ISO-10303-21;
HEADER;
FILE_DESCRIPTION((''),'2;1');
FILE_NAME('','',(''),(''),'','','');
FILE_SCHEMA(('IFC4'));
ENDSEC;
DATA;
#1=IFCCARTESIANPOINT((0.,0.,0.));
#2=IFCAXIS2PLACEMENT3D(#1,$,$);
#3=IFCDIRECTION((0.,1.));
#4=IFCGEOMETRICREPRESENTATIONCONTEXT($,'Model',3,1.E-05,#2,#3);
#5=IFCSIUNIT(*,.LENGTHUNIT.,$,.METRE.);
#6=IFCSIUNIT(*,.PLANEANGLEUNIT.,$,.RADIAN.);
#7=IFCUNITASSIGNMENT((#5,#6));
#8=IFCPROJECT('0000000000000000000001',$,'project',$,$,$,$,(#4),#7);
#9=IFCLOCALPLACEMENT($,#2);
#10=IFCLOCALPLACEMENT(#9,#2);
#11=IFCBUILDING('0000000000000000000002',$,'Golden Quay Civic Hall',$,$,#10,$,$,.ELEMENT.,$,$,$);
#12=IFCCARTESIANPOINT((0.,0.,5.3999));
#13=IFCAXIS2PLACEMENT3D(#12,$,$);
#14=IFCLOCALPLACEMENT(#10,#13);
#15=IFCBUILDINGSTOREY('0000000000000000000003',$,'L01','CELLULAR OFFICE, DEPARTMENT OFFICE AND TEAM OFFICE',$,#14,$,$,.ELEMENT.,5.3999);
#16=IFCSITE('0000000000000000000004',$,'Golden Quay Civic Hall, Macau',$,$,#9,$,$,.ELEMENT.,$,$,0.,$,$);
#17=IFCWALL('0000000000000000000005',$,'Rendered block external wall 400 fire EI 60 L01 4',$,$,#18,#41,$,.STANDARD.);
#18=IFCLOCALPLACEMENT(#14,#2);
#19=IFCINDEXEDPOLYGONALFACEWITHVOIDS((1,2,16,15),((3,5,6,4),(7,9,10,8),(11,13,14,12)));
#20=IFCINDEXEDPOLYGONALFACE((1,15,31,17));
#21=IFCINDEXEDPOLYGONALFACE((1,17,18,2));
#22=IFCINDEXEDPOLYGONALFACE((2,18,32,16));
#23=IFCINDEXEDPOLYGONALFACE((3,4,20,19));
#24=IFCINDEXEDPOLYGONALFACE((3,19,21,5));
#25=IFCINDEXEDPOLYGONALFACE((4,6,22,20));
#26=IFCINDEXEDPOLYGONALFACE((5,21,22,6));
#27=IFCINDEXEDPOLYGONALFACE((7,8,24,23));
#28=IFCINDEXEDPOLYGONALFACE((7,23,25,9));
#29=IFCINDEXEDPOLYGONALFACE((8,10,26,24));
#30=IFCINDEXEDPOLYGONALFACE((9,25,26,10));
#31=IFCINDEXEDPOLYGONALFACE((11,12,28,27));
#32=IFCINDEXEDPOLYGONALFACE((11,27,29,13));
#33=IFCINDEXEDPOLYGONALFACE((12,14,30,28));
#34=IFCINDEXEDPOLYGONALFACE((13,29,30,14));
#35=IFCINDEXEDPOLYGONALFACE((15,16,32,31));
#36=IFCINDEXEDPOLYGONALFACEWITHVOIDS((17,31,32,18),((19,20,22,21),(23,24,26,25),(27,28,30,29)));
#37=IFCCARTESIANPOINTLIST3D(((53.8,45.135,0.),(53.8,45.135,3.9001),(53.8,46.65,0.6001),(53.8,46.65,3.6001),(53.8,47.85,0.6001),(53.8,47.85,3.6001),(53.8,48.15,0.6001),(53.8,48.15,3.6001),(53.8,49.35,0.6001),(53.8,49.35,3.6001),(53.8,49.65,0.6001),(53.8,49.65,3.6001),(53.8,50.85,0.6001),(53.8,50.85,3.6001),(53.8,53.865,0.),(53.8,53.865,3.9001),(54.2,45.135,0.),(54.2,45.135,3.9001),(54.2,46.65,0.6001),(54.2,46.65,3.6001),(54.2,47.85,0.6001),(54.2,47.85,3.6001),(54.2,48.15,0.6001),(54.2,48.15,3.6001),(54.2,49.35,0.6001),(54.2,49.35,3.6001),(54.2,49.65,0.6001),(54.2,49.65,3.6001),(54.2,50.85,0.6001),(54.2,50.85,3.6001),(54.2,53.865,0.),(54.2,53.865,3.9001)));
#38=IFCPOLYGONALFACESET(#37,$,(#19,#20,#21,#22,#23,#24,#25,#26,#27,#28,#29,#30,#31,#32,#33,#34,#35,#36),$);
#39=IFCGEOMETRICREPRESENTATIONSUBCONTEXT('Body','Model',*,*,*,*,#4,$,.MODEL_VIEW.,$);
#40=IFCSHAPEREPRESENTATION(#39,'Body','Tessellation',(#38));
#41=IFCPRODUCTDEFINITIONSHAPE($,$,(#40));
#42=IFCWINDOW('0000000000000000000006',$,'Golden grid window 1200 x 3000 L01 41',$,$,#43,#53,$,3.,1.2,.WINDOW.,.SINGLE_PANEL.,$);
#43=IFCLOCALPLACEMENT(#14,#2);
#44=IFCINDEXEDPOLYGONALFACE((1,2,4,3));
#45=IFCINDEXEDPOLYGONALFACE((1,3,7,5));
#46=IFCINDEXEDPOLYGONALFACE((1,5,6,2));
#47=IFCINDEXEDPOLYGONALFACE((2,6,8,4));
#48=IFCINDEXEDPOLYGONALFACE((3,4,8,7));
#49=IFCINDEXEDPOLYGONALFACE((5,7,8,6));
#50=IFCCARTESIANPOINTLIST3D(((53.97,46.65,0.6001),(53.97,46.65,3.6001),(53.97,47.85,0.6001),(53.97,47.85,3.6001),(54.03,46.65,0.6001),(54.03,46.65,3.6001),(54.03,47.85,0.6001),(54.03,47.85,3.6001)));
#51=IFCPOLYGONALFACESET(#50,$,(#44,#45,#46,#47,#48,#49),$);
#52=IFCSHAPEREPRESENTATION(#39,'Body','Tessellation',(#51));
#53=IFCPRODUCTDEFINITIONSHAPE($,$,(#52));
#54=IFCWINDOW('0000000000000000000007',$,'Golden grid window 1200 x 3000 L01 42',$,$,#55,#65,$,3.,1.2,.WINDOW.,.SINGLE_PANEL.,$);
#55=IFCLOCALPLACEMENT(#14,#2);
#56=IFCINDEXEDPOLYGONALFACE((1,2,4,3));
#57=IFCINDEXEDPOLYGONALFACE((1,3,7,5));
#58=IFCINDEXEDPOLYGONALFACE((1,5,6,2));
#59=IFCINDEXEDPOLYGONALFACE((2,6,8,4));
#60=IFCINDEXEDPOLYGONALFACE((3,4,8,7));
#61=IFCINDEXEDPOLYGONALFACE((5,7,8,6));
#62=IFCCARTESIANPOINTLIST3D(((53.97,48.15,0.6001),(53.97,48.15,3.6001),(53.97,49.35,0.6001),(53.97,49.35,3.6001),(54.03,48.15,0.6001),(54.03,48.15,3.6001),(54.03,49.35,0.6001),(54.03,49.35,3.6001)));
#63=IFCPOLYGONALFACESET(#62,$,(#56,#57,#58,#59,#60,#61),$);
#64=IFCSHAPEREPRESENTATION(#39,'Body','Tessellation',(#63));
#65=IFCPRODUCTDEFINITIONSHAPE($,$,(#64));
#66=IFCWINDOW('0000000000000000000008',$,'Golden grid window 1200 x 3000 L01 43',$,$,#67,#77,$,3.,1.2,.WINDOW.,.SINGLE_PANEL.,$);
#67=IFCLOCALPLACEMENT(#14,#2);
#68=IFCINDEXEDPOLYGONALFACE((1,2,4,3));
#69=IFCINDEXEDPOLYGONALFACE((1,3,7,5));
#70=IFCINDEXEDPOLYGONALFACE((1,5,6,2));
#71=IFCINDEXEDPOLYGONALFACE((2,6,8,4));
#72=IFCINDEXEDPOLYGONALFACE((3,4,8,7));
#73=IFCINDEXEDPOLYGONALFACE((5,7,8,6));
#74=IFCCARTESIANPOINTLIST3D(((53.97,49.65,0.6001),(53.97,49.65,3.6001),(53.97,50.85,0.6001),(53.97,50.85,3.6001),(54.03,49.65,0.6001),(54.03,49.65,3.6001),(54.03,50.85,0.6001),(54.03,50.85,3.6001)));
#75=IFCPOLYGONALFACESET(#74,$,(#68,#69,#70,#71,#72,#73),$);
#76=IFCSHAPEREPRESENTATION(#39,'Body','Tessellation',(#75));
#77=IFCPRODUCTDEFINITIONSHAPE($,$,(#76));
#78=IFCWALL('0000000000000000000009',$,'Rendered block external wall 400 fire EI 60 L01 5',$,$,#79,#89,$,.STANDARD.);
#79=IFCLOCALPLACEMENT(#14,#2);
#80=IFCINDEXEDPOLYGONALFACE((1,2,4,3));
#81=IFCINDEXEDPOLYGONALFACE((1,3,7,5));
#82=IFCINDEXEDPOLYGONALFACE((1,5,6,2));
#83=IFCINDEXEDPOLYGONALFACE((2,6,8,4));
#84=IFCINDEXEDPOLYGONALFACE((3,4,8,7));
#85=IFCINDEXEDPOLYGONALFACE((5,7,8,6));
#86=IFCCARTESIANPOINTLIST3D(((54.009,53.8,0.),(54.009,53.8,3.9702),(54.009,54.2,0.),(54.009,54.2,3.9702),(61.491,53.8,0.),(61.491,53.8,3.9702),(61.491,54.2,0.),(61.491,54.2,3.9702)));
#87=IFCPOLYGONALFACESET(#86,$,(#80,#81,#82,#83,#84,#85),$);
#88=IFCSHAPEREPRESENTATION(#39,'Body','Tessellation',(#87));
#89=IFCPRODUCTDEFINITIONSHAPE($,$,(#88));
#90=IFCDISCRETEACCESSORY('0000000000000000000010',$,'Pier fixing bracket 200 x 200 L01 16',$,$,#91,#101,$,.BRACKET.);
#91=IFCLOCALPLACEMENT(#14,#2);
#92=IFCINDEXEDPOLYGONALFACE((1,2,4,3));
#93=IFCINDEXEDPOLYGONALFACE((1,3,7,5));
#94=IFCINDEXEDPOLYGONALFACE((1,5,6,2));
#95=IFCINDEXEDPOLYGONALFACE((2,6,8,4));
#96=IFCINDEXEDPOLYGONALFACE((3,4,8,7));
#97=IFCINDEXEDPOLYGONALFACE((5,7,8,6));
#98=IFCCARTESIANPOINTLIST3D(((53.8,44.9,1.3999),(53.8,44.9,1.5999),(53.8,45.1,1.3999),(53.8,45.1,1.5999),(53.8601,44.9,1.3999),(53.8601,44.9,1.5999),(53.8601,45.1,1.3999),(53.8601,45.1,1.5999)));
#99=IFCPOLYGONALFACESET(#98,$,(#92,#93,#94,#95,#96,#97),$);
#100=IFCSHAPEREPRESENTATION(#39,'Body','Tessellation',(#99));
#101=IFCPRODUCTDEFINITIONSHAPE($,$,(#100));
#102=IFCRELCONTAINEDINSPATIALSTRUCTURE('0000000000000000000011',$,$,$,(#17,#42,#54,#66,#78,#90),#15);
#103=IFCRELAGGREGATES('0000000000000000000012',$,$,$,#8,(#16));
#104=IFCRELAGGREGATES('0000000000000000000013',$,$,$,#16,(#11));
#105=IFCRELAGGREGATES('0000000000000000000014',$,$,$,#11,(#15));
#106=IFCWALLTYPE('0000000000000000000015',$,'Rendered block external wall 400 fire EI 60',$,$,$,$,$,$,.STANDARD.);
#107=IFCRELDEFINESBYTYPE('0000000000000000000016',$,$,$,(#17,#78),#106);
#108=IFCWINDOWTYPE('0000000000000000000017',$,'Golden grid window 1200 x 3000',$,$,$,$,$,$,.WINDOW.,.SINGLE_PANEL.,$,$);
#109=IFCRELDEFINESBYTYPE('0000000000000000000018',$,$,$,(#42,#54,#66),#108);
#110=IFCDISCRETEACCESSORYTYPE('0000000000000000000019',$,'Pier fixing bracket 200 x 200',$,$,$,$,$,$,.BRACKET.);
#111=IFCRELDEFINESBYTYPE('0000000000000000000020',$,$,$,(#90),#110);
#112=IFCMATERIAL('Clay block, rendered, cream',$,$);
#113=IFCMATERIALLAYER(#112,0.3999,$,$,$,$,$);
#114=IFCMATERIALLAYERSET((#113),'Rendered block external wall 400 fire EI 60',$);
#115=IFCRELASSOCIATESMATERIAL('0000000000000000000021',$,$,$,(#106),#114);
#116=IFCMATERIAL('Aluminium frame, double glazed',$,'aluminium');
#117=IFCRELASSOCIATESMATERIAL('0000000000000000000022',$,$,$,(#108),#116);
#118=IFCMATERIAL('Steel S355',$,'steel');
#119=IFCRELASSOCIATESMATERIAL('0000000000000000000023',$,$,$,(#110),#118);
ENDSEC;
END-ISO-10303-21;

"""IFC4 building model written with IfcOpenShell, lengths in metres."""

from ifc_helpers import new_model, si_unit, direction, frame, frame_2d, origin, origin_2d, place, context, subcontext, project, spatial, rectangle, extrude, material, layer, layer_set, type_object, element, fill, save


model = new_model("IFC4")

# Units and contexts
model_context = context("Model", 3, precision=1e-05, world=origin(), true_north=direction((0.0, 1.0)))
body_context = subcontext(model_context, "Body", "Model", "MODEL_VIEW")
ifc_project = project(units=[si_unit("LENGTHUNIT", "METRE"), si_unit("PLANEANGLEUNIT", "RADIAN")], contexts=[model_context])

# Site, building, storey
site_placement = place(None, origin())
site = spatial("IfcSite", under=ifc_project, at=site_placement, Name="Golden Quay Civic Hall, Macau", CompositionType="ELEMENT", RefElevation=0.0)
building_placement = place(site_placement, origin())
building = spatial("IfcBuilding", under=site, at=building_placement, Name="Golden Quay Civic Hall", CompositionType="ELEMENT")
storey_placement = place(building_placement, frame((0.0, 0.0, 5.3999)))
storey = spatial("IfcBuildingStorey", under=building, at=storey_placement, Name="L01", Description="CELLULAR OFFICE, DEPARTMENT OFFICE AND TEAM OFFICE", CompositionType="ELEMENT", Elevation=5.3999)

# Wall, openings, windows
ifc_material_1 = material(Name="Clay block, rendered, cream")
ifc_layer_1 = layer(ifc_material_1, 0.3999)
ifc_layer_set_1 = layer_set([ifc_layer_1], Name="Rendered block external wall 400 fire EI 60")
wall_type_1 = type_object("IfcWallType", Name="Rendered block external wall 400 fire EI 60", PredefinedType="STANDARD", material=ifc_layer_set_1)
wall_1_placement = place(storey_placement, frame((54.0, 45.135, 0.0), z_axis=(0.0, 0.0, 1.0), x_axis=(0.0, 1.0, 0.0)))
wall_1 = element("IfcWall", 1, at=wall_1_placement, inside=storey, type_object=wall_type_1, Name="Rendered block external wall 400 fire EI 60 L01 4", PredefinedType="STANDARD", context=body_context, shape_type="SweptSolid", body=[
    extrude(rectangle(XDim=8.73, YDim=0.3999, at=frame_2d((4.365, 0.0))), origin(), (0.0, 0.0, 1.0), 3.9001),
])
opening_1_placement = place(wall_1_placement, frame((1.5149, 0.0, 0.6001)))
opening_1 = element("IfcOpeningElement", 2, at=opening_1_placement, cuts=wall_1, PredefinedType="OPENING", context=body_context, shape_type="SweptSolid", body=[
    extrude(rectangle(XDim=1.2, YDim=3.0, at=frame_2d((0.6001, 1.5))), frame((0.0, 0.21, 0.0), z_axis=(0.0, -1.0, 0.0), x_axis=(1.0, 0.0, 0.0)), (0.0, 0.0, 1.0), 0.4199),
])
opening_2_placement = place(wall_1_placement, frame((3.0149, 0.0, 0.6001)))
opening_2 = element("IfcOpeningElement", 3, at=opening_2_placement, cuts=wall_1, PredefinedType="OPENING", context=body_context, shape_type="SweptSolid", body=[
    extrude(rectangle(XDim=1.2, YDim=3.0, at=frame_2d((0.6001, 1.5))), frame((0.0, 0.21, 0.0), z_axis=(0.0, -1.0, 0.0), x_axis=(1.0, 0.0, 0.0)), (0.0, 0.0, 1.0), 0.4199),
])
opening_3_placement = place(wall_1_placement, frame((4.5149, 0.0, 0.6001)))
opening_3 = element("IfcOpeningElement", 4, at=opening_3_placement, cuts=wall_1, PredefinedType="OPENING", context=body_context, shape_type="SweptSolid", body=[
    extrude(rectangle(XDim=1.2, YDim=3.0, at=frame_2d((0.6001, 1.5))), frame((0.0, 0.21, 0.0), z_axis=(0.0, -1.0, 0.0), x_axis=(1.0, 0.0, 0.0)), (0.0, 0.0, 1.0), 0.4199),
])
ifc_material_2 = material(Name="Aluminium frame, double glazed", Category="aluminium")
window_type_1 = type_object("IfcWindowType", Name="Golden grid window 1200 x 3000", PartitioningType="SINGLE_PANEL", PredefinedType="WINDOW", material=ifc_material_2)
window_1_placement = place(opening_1_placement, origin())
window_1 = element("IfcWindow", 5, at=window_1_placement, inside=storey, type_object=window_type_1, Name="Golden grid window 1200 x 3000 L01 41", OverallHeight=3.0, OverallWidth=1.2, PartitioningType="SINGLE_PANEL", PredefinedType="WINDOW", context=body_context, shape_type="SweptSolid", body=[
    extrude(rectangle(XDim=1.2, YDim=3.0, at=frame_2d((0.6001, 1.5))), frame((0.0, 0.03, 0.0), z_axis=(0.0, -1.0, 0.0), x_axis=(1.0, 0.0, 0.0)), (0.0, 0.0, 1.0), 0.0601),
])
fill(opening_1, window_1)
window_2_placement = place(opening_2_placement, origin())
window_2 = element("IfcWindow", 6, at=window_2_placement, inside=storey, type_object=window_type_1, Name="Golden grid window 1200 x 3000 L01 42", OverallHeight=3.0, OverallWidth=1.2, PartitioningType="SINGLE_PANEL", PredefinedType="WINDOW", context=body_context, shape_type="SweptSolid", body=[
    extrude(rectangle(XDim=1.2, YDim=3.0, at=frame_2d((0.6001, 1.5))), frame((0.0, 0.03, 0.0), z_axis=(0.0, -1.0, 0.0), x_axis=(1.0, 0.0, 0.0)), (0.0, 0.0, 1.0), 0.0601),
])
fill(opening_2, window_2)
window_3_placement = place(opening_3_placement, origin())
window_3 = element("IfcWindow", 7, at=window_3_placement, inside=storey, type_object=window_type_1, Name="Golden grid window 1200 x 3000 L01 43", OverallHeight=3.0, OverallWidth=1.2, PartitioningType="SINGLE_PANEL", PredefinedType="WINDOW", context=body_context, shape_type="SweptSolid", body=[
    extrude(rectangle(XDim=1.2, YDim=3.0, at=frame_2d((0.6001, 1.5))), frame((0.0, 0.03, 0.0), z_axis=(0.0, -1.0, 0.0), x_axis=(1.0, 0.0, 0.0)), (0.0, 0.0, 1.0), 0.0601),
])
fill(opening_3, window_3)

# Wall
wall_2_placement = place(storey_placement, frame((54.009, 54.0, 0.0), z_axis=(0.0, 0.0, 1.0), x_axis=(1.0, 0.0, 0.0)))
element("IfcWall", 8, at=wall_2_placement, inside=storey, type_object=wall_type_1, Name="Rendered block external wall 400 fire EI 60 L01 5", PredefinedType="STANDARD", context=body_context, shape_type="SweptSolid", body=[
    extrude(rectangle(XDim=7.4819, YDim=0.3999, at=frame_2d((3.741, 0.0))), origin(), (0.0, 0.0, 1.0), 3.9702),
])

# Discrete accessory
ifc_material_3 = material(Name="Steel S355", Category="steel")
discrete_accessory_type = type_object("IfcDiscreteAccessoryType", Name="Pier fixing bracket 200 x 200", PredefinedType="BRACKET", material=ifc_material_3)
discrete_accessory_placement = place(storey_placement, frame((53.8301, 45.0, 1.3999), z_axis=(0.0, 0.0, 1.0), x_axis=(0.0, -1.0, 0.0)))
element("IfcDiscreteAccessory", 9, at=discrete_accessory_placement, inside=storey, type_object=discrete_accessory_type, Name="Pier fixing bracket 200 x 200 L01 16", PredefinedType="BRACKET", context=body_context, shape_type="SweptSolid", body=[
    extrude(rectangle(XDim=0.2, YDim=0.0601, at=origin_2d()), origin(), (0.0, 0.0, 1.0), 0.2),
])

save(model, "model.ifc")
